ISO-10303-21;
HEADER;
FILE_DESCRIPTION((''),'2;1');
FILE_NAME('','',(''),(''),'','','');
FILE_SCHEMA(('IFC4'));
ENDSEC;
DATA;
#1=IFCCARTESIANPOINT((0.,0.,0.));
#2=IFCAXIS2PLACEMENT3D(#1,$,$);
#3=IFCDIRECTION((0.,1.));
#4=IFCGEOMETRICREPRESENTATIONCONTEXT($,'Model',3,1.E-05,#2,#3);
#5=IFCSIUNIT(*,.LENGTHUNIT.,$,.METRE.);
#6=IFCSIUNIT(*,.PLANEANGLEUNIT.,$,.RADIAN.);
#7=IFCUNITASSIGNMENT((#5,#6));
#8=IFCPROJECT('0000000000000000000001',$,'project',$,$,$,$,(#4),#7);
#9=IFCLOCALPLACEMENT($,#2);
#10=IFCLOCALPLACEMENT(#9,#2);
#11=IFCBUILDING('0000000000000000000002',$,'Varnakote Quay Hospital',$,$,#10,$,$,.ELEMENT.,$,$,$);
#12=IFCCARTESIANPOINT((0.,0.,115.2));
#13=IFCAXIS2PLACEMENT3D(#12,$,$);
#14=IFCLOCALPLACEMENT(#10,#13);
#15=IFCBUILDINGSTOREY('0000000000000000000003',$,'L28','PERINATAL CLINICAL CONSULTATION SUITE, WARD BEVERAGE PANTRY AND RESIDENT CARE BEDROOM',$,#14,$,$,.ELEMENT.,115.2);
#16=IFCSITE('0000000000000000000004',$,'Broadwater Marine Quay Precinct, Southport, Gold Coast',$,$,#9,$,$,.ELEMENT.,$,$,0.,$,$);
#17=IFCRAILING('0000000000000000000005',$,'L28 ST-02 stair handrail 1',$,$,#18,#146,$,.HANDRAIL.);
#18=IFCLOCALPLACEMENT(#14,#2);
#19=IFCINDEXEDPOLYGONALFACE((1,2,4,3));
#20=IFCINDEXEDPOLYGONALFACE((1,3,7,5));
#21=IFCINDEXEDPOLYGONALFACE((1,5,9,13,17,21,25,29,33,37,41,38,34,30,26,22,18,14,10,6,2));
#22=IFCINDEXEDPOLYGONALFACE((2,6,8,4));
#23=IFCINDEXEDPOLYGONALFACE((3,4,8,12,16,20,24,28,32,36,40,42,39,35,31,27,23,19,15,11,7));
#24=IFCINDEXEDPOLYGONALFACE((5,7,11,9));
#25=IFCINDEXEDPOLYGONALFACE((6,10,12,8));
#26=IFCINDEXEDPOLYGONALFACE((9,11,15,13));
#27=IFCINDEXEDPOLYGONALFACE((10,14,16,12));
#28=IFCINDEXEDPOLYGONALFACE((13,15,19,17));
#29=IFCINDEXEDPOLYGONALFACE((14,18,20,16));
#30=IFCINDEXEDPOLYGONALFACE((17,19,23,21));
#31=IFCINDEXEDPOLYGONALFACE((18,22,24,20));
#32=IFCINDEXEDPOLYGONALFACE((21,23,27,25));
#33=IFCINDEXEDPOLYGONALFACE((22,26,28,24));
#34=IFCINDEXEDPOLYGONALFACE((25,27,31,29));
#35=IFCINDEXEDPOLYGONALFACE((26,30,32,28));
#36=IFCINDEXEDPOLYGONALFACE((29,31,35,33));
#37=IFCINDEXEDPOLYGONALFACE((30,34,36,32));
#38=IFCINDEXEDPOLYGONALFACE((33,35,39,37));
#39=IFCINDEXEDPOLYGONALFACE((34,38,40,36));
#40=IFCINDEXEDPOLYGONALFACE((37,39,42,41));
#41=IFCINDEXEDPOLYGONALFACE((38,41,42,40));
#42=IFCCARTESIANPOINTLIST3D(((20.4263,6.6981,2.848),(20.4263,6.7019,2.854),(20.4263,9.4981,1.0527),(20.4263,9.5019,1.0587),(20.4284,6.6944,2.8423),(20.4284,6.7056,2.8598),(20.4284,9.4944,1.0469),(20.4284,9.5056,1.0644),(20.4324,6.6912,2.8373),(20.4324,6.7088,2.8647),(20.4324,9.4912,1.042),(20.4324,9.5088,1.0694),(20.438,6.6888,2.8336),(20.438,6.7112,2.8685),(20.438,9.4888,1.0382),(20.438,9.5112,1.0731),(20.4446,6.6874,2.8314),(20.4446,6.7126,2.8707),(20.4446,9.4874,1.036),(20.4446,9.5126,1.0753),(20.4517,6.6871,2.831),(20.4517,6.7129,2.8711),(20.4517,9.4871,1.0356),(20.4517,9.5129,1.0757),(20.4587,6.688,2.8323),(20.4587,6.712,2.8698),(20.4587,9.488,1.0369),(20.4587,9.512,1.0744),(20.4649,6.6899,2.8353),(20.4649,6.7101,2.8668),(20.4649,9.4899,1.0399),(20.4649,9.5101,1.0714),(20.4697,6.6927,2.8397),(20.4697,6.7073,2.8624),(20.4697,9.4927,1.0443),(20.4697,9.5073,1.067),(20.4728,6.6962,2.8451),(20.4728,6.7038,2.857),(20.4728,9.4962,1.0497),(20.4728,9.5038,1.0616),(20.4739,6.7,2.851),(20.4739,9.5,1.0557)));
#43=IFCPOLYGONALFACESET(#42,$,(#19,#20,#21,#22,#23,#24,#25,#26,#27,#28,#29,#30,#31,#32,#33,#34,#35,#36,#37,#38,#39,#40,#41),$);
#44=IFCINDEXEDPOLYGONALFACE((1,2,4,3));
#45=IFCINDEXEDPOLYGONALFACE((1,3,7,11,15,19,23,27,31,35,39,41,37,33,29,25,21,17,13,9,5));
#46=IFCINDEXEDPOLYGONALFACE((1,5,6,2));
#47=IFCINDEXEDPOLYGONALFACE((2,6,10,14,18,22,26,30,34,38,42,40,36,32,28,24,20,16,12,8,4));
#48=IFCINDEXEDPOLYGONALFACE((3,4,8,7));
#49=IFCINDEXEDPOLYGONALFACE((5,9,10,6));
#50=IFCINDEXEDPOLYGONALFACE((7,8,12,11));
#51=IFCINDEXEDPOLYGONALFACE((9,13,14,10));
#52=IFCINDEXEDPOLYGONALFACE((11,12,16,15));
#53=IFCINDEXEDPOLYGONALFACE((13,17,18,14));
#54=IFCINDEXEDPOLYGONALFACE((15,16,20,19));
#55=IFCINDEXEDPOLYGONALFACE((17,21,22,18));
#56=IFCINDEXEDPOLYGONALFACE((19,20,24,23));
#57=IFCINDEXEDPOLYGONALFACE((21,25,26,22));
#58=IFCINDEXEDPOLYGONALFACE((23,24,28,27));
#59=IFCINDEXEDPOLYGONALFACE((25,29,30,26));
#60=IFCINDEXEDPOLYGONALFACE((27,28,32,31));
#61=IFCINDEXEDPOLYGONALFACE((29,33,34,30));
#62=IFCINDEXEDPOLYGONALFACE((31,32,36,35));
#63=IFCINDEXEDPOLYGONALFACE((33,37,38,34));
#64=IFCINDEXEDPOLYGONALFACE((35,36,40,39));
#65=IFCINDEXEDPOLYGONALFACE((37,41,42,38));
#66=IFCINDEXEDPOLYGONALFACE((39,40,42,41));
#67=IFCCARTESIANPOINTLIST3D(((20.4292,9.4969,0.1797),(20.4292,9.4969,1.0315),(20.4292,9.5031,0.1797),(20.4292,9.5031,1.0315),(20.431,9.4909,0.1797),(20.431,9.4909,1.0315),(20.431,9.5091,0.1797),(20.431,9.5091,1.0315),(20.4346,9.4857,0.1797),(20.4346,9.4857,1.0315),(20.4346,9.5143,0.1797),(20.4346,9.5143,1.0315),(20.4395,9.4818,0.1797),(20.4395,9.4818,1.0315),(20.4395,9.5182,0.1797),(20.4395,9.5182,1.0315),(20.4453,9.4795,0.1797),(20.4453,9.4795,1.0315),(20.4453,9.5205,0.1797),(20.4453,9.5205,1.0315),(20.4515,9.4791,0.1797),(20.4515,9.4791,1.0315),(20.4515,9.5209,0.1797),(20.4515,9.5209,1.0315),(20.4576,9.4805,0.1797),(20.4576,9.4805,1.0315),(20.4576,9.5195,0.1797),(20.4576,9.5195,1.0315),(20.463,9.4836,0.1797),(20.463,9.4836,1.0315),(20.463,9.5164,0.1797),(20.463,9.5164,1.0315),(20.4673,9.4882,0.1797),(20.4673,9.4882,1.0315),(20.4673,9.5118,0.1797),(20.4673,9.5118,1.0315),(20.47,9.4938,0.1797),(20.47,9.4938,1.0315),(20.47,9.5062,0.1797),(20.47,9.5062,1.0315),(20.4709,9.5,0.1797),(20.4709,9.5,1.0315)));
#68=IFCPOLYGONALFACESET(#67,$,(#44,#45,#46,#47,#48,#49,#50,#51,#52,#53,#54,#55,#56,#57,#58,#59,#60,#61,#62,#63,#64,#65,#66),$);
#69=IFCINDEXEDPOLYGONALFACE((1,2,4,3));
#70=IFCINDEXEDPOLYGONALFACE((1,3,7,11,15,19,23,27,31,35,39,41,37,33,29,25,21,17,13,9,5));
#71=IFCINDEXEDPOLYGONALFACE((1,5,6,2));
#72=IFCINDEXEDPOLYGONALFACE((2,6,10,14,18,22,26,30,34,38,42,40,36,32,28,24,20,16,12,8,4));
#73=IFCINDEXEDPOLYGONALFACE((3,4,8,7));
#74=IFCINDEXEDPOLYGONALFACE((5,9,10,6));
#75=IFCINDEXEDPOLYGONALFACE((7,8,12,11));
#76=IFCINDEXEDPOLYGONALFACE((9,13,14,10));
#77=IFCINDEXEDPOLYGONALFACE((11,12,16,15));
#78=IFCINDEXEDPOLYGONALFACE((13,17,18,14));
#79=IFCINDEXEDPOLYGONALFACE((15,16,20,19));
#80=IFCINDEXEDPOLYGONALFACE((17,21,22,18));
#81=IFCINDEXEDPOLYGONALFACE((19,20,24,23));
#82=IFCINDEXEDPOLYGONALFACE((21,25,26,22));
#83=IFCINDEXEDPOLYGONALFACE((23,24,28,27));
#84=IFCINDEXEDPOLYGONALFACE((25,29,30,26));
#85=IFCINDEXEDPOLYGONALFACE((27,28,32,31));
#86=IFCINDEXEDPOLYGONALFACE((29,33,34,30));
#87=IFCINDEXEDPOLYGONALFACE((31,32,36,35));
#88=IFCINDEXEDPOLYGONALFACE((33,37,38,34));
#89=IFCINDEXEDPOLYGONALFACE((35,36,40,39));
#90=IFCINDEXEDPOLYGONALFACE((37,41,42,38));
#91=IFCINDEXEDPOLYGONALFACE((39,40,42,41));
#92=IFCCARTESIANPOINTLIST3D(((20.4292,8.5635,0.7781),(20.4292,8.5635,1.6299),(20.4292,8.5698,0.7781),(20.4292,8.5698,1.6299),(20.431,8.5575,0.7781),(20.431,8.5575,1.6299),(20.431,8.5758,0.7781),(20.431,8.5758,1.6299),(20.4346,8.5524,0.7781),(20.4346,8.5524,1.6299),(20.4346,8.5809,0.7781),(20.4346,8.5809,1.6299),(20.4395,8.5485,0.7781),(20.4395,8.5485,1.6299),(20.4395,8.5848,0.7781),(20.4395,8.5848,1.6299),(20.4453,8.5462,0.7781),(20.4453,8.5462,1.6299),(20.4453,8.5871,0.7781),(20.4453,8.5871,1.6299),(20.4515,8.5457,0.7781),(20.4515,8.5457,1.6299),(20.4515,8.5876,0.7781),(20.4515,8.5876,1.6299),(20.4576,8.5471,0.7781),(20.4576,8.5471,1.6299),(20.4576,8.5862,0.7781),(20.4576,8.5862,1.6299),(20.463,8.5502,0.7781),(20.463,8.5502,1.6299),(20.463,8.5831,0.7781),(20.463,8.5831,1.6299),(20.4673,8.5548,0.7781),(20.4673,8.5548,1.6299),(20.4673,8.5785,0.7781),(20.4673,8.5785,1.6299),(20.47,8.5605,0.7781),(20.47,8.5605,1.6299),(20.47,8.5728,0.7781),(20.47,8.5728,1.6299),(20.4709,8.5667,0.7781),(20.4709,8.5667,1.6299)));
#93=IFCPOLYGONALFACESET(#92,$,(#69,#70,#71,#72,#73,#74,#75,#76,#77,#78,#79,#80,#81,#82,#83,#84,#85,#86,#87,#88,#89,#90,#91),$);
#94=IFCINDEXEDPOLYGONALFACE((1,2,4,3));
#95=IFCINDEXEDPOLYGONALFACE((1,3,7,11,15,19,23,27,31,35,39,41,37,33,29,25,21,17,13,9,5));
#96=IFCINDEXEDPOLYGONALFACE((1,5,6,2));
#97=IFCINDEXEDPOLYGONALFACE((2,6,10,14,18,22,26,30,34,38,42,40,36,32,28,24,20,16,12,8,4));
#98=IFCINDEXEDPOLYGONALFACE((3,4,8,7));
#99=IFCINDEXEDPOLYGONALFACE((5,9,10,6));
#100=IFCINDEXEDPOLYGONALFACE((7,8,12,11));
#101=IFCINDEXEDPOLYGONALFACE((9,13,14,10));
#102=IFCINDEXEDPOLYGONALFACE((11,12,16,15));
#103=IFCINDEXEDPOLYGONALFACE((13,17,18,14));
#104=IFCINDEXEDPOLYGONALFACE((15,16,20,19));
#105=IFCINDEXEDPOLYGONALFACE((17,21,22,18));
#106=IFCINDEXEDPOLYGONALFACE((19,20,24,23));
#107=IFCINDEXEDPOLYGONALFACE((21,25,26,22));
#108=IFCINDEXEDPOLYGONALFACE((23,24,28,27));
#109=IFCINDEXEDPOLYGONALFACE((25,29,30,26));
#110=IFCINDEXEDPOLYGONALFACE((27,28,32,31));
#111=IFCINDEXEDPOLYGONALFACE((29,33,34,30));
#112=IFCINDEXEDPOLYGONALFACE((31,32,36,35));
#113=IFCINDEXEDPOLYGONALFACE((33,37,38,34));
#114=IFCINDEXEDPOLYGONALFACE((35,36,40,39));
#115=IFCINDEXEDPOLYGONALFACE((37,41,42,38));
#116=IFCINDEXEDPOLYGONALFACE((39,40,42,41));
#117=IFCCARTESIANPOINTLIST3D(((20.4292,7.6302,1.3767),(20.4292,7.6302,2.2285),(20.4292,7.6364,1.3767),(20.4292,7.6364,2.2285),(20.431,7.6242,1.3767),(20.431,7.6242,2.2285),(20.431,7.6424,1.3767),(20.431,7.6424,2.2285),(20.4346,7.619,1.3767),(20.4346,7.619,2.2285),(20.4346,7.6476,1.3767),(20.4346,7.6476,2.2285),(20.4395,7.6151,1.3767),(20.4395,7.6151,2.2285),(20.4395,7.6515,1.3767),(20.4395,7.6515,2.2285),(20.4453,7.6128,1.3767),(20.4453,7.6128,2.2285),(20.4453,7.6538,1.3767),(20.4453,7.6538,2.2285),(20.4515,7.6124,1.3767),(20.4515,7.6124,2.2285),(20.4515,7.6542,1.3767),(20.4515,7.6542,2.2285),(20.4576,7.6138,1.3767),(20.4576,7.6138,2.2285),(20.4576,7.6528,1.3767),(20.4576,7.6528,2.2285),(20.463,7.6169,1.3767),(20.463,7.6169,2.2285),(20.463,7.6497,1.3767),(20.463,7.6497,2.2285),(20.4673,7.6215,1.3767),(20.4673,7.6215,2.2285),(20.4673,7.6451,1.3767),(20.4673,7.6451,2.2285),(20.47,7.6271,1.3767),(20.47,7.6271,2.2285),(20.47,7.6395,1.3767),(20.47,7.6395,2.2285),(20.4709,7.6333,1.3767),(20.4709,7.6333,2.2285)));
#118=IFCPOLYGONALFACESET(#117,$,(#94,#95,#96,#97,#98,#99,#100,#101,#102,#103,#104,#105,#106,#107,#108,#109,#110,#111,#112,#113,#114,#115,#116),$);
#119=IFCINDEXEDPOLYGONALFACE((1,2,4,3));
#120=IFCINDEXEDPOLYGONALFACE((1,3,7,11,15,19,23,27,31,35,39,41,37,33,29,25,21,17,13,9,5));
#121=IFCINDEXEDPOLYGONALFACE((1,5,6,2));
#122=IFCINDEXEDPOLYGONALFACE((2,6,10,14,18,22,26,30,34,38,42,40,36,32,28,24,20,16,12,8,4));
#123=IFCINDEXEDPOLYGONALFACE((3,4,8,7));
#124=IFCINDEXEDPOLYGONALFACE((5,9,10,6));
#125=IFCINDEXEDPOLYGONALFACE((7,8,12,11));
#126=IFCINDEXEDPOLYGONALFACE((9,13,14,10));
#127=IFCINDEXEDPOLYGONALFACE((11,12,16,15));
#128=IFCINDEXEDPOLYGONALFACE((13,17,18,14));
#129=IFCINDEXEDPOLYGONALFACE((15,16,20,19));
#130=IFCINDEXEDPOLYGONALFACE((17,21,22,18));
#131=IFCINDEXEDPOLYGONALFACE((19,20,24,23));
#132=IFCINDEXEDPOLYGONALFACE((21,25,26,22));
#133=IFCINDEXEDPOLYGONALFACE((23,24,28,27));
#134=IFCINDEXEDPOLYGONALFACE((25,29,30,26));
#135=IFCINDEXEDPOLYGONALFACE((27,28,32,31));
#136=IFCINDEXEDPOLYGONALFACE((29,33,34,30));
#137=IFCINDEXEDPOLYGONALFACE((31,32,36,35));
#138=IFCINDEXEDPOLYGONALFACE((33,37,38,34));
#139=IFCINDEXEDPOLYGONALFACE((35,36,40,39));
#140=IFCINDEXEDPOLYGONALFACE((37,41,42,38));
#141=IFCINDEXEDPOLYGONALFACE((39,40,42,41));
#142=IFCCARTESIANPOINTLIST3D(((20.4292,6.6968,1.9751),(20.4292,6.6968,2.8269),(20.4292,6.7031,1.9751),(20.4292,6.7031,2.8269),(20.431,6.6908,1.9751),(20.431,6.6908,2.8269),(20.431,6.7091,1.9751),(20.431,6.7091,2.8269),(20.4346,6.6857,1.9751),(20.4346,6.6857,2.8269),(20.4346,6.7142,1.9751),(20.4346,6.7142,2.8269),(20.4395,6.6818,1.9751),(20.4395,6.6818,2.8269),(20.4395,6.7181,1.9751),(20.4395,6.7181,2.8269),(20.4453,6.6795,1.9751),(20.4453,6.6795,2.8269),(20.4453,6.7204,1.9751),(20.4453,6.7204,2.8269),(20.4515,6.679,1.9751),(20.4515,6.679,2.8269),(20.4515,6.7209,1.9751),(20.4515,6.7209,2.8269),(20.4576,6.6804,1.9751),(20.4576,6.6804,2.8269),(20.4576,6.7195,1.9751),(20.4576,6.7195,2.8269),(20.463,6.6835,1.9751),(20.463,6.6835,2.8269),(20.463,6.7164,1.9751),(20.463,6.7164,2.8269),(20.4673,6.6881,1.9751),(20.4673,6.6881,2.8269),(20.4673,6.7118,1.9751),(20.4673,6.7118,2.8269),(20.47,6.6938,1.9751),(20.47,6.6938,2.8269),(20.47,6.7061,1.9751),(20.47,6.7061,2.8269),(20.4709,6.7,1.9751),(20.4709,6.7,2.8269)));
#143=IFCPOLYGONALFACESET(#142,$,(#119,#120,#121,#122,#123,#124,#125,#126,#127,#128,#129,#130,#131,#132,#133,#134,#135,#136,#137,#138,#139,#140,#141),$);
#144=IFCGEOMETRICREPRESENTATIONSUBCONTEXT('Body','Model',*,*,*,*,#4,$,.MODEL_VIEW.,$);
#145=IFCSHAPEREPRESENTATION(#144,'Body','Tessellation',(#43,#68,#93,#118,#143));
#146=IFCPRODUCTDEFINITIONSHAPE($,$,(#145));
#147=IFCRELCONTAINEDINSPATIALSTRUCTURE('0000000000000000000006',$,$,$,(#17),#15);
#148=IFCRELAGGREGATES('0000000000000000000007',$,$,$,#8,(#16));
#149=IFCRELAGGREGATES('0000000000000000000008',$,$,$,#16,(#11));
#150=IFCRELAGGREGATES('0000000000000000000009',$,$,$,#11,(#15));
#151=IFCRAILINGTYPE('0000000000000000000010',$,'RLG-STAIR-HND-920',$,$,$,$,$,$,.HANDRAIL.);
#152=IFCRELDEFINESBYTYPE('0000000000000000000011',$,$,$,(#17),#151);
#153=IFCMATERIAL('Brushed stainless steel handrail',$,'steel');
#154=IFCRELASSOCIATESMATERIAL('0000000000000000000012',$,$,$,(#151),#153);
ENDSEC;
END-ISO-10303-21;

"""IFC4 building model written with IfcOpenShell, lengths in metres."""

from ifc_helpers import new_model, si_unit, direction, frame, origin, origin_2d, place, context, subcontext, project, spatial, circle, extrude, material, type_object, element, save


model = new_model("IFC4")

# Units and contexts
model_context = context("Model", 3, precision=1e-05, world=origin(), true_north=direction((0.0, 1.0)))
body_context = subcontext(model_context, "Body", "Model", "MODEL_VIEW")
ifc_project = project(units=[si_unit("LENGTHUNIT", "METRE"), si_unit("PLANEANGLEUNIT", "RADIAN")], contexts=[model_context])

# Site, building, storey
site_placement = place(None, origin())
site = spatial("IfcSite", under=ifc_project, at=site_placement, Name="Broadwater Marine Quay Precinct, Southport, Gold Coast", CompositionType="ELEMENT", RefElevation=0.0)
building_placement = place(site_placement, origin())
building = spatial("IfcBuilding", under=site, at=building_placement, Name="Varnakote Quay Hospital", CompositionType="ELEMENT")
storey_placement = place(building_placement, frame((0.0, 0.0, 115.2)))
storey = spatial("IfcBuildingStorey", under=building, at=storey_placement, Name="L28", Description="PERINATAL CLINICAL CONSULTATION SUITE, WARD BEVERAGE PANTRY AND RESIDENT CARE BEDROOM", CompositionType="ELEMENT", Elevation=115.2)

# Railing
ifc_material_1 = material(Name="Brushed stainless steel handrail", Category="steel")
railing_type_1 = type_object("IfcRailingType", Name="RLG-STAIR-HND-920", PredefinedType="HANDRAIL", material=ifc_material_1)
railing_1_placement = place(storey_placement, frame((20.45, 9.5, 0.1797)))
element("IfcRailing", 1, at=railing_1_placement, inside=storey, type_object=railing_type_1, Name="L28 ST-02 stair handrail 1", PredefinedType="HANDRAIL", context=body_context, shape_type="SweptSolid", body=[
    extrude(circle(Radius=0.0239, at=origin_2d()), frame((0.0, 0.0, 0.876), z_axis=(0.0, -0.84181, 0.539774), x_axis=(1.0, 0.0, 0.0)), (0.0, 0.0, 1.0), 3.3262),
    extrude(circle(Radius=0.021, at=origin_2d()), origin(), (0.0, 0.0, 1.0), 0.8518),
    extrude(circle(Radius=0.021, at=origin_2d()), frame((0.0, -0.9333, 0.5984)), (0.0, 0.0, 1.0), 0.8518),
    extrude(circle(Radius=0.021, at=origin_2d()), frame((0.0, -1.8667, 1.197)), (0.0, 0.0, 1.0), 0.8518),
    extrude(circle(Radius=0.021, at=origin_2d()), frame((0.0, -2.8, 1.7954)), (0.0, 0.0, 1.0), 0.8518),
])

save(model, "model.ifc")
